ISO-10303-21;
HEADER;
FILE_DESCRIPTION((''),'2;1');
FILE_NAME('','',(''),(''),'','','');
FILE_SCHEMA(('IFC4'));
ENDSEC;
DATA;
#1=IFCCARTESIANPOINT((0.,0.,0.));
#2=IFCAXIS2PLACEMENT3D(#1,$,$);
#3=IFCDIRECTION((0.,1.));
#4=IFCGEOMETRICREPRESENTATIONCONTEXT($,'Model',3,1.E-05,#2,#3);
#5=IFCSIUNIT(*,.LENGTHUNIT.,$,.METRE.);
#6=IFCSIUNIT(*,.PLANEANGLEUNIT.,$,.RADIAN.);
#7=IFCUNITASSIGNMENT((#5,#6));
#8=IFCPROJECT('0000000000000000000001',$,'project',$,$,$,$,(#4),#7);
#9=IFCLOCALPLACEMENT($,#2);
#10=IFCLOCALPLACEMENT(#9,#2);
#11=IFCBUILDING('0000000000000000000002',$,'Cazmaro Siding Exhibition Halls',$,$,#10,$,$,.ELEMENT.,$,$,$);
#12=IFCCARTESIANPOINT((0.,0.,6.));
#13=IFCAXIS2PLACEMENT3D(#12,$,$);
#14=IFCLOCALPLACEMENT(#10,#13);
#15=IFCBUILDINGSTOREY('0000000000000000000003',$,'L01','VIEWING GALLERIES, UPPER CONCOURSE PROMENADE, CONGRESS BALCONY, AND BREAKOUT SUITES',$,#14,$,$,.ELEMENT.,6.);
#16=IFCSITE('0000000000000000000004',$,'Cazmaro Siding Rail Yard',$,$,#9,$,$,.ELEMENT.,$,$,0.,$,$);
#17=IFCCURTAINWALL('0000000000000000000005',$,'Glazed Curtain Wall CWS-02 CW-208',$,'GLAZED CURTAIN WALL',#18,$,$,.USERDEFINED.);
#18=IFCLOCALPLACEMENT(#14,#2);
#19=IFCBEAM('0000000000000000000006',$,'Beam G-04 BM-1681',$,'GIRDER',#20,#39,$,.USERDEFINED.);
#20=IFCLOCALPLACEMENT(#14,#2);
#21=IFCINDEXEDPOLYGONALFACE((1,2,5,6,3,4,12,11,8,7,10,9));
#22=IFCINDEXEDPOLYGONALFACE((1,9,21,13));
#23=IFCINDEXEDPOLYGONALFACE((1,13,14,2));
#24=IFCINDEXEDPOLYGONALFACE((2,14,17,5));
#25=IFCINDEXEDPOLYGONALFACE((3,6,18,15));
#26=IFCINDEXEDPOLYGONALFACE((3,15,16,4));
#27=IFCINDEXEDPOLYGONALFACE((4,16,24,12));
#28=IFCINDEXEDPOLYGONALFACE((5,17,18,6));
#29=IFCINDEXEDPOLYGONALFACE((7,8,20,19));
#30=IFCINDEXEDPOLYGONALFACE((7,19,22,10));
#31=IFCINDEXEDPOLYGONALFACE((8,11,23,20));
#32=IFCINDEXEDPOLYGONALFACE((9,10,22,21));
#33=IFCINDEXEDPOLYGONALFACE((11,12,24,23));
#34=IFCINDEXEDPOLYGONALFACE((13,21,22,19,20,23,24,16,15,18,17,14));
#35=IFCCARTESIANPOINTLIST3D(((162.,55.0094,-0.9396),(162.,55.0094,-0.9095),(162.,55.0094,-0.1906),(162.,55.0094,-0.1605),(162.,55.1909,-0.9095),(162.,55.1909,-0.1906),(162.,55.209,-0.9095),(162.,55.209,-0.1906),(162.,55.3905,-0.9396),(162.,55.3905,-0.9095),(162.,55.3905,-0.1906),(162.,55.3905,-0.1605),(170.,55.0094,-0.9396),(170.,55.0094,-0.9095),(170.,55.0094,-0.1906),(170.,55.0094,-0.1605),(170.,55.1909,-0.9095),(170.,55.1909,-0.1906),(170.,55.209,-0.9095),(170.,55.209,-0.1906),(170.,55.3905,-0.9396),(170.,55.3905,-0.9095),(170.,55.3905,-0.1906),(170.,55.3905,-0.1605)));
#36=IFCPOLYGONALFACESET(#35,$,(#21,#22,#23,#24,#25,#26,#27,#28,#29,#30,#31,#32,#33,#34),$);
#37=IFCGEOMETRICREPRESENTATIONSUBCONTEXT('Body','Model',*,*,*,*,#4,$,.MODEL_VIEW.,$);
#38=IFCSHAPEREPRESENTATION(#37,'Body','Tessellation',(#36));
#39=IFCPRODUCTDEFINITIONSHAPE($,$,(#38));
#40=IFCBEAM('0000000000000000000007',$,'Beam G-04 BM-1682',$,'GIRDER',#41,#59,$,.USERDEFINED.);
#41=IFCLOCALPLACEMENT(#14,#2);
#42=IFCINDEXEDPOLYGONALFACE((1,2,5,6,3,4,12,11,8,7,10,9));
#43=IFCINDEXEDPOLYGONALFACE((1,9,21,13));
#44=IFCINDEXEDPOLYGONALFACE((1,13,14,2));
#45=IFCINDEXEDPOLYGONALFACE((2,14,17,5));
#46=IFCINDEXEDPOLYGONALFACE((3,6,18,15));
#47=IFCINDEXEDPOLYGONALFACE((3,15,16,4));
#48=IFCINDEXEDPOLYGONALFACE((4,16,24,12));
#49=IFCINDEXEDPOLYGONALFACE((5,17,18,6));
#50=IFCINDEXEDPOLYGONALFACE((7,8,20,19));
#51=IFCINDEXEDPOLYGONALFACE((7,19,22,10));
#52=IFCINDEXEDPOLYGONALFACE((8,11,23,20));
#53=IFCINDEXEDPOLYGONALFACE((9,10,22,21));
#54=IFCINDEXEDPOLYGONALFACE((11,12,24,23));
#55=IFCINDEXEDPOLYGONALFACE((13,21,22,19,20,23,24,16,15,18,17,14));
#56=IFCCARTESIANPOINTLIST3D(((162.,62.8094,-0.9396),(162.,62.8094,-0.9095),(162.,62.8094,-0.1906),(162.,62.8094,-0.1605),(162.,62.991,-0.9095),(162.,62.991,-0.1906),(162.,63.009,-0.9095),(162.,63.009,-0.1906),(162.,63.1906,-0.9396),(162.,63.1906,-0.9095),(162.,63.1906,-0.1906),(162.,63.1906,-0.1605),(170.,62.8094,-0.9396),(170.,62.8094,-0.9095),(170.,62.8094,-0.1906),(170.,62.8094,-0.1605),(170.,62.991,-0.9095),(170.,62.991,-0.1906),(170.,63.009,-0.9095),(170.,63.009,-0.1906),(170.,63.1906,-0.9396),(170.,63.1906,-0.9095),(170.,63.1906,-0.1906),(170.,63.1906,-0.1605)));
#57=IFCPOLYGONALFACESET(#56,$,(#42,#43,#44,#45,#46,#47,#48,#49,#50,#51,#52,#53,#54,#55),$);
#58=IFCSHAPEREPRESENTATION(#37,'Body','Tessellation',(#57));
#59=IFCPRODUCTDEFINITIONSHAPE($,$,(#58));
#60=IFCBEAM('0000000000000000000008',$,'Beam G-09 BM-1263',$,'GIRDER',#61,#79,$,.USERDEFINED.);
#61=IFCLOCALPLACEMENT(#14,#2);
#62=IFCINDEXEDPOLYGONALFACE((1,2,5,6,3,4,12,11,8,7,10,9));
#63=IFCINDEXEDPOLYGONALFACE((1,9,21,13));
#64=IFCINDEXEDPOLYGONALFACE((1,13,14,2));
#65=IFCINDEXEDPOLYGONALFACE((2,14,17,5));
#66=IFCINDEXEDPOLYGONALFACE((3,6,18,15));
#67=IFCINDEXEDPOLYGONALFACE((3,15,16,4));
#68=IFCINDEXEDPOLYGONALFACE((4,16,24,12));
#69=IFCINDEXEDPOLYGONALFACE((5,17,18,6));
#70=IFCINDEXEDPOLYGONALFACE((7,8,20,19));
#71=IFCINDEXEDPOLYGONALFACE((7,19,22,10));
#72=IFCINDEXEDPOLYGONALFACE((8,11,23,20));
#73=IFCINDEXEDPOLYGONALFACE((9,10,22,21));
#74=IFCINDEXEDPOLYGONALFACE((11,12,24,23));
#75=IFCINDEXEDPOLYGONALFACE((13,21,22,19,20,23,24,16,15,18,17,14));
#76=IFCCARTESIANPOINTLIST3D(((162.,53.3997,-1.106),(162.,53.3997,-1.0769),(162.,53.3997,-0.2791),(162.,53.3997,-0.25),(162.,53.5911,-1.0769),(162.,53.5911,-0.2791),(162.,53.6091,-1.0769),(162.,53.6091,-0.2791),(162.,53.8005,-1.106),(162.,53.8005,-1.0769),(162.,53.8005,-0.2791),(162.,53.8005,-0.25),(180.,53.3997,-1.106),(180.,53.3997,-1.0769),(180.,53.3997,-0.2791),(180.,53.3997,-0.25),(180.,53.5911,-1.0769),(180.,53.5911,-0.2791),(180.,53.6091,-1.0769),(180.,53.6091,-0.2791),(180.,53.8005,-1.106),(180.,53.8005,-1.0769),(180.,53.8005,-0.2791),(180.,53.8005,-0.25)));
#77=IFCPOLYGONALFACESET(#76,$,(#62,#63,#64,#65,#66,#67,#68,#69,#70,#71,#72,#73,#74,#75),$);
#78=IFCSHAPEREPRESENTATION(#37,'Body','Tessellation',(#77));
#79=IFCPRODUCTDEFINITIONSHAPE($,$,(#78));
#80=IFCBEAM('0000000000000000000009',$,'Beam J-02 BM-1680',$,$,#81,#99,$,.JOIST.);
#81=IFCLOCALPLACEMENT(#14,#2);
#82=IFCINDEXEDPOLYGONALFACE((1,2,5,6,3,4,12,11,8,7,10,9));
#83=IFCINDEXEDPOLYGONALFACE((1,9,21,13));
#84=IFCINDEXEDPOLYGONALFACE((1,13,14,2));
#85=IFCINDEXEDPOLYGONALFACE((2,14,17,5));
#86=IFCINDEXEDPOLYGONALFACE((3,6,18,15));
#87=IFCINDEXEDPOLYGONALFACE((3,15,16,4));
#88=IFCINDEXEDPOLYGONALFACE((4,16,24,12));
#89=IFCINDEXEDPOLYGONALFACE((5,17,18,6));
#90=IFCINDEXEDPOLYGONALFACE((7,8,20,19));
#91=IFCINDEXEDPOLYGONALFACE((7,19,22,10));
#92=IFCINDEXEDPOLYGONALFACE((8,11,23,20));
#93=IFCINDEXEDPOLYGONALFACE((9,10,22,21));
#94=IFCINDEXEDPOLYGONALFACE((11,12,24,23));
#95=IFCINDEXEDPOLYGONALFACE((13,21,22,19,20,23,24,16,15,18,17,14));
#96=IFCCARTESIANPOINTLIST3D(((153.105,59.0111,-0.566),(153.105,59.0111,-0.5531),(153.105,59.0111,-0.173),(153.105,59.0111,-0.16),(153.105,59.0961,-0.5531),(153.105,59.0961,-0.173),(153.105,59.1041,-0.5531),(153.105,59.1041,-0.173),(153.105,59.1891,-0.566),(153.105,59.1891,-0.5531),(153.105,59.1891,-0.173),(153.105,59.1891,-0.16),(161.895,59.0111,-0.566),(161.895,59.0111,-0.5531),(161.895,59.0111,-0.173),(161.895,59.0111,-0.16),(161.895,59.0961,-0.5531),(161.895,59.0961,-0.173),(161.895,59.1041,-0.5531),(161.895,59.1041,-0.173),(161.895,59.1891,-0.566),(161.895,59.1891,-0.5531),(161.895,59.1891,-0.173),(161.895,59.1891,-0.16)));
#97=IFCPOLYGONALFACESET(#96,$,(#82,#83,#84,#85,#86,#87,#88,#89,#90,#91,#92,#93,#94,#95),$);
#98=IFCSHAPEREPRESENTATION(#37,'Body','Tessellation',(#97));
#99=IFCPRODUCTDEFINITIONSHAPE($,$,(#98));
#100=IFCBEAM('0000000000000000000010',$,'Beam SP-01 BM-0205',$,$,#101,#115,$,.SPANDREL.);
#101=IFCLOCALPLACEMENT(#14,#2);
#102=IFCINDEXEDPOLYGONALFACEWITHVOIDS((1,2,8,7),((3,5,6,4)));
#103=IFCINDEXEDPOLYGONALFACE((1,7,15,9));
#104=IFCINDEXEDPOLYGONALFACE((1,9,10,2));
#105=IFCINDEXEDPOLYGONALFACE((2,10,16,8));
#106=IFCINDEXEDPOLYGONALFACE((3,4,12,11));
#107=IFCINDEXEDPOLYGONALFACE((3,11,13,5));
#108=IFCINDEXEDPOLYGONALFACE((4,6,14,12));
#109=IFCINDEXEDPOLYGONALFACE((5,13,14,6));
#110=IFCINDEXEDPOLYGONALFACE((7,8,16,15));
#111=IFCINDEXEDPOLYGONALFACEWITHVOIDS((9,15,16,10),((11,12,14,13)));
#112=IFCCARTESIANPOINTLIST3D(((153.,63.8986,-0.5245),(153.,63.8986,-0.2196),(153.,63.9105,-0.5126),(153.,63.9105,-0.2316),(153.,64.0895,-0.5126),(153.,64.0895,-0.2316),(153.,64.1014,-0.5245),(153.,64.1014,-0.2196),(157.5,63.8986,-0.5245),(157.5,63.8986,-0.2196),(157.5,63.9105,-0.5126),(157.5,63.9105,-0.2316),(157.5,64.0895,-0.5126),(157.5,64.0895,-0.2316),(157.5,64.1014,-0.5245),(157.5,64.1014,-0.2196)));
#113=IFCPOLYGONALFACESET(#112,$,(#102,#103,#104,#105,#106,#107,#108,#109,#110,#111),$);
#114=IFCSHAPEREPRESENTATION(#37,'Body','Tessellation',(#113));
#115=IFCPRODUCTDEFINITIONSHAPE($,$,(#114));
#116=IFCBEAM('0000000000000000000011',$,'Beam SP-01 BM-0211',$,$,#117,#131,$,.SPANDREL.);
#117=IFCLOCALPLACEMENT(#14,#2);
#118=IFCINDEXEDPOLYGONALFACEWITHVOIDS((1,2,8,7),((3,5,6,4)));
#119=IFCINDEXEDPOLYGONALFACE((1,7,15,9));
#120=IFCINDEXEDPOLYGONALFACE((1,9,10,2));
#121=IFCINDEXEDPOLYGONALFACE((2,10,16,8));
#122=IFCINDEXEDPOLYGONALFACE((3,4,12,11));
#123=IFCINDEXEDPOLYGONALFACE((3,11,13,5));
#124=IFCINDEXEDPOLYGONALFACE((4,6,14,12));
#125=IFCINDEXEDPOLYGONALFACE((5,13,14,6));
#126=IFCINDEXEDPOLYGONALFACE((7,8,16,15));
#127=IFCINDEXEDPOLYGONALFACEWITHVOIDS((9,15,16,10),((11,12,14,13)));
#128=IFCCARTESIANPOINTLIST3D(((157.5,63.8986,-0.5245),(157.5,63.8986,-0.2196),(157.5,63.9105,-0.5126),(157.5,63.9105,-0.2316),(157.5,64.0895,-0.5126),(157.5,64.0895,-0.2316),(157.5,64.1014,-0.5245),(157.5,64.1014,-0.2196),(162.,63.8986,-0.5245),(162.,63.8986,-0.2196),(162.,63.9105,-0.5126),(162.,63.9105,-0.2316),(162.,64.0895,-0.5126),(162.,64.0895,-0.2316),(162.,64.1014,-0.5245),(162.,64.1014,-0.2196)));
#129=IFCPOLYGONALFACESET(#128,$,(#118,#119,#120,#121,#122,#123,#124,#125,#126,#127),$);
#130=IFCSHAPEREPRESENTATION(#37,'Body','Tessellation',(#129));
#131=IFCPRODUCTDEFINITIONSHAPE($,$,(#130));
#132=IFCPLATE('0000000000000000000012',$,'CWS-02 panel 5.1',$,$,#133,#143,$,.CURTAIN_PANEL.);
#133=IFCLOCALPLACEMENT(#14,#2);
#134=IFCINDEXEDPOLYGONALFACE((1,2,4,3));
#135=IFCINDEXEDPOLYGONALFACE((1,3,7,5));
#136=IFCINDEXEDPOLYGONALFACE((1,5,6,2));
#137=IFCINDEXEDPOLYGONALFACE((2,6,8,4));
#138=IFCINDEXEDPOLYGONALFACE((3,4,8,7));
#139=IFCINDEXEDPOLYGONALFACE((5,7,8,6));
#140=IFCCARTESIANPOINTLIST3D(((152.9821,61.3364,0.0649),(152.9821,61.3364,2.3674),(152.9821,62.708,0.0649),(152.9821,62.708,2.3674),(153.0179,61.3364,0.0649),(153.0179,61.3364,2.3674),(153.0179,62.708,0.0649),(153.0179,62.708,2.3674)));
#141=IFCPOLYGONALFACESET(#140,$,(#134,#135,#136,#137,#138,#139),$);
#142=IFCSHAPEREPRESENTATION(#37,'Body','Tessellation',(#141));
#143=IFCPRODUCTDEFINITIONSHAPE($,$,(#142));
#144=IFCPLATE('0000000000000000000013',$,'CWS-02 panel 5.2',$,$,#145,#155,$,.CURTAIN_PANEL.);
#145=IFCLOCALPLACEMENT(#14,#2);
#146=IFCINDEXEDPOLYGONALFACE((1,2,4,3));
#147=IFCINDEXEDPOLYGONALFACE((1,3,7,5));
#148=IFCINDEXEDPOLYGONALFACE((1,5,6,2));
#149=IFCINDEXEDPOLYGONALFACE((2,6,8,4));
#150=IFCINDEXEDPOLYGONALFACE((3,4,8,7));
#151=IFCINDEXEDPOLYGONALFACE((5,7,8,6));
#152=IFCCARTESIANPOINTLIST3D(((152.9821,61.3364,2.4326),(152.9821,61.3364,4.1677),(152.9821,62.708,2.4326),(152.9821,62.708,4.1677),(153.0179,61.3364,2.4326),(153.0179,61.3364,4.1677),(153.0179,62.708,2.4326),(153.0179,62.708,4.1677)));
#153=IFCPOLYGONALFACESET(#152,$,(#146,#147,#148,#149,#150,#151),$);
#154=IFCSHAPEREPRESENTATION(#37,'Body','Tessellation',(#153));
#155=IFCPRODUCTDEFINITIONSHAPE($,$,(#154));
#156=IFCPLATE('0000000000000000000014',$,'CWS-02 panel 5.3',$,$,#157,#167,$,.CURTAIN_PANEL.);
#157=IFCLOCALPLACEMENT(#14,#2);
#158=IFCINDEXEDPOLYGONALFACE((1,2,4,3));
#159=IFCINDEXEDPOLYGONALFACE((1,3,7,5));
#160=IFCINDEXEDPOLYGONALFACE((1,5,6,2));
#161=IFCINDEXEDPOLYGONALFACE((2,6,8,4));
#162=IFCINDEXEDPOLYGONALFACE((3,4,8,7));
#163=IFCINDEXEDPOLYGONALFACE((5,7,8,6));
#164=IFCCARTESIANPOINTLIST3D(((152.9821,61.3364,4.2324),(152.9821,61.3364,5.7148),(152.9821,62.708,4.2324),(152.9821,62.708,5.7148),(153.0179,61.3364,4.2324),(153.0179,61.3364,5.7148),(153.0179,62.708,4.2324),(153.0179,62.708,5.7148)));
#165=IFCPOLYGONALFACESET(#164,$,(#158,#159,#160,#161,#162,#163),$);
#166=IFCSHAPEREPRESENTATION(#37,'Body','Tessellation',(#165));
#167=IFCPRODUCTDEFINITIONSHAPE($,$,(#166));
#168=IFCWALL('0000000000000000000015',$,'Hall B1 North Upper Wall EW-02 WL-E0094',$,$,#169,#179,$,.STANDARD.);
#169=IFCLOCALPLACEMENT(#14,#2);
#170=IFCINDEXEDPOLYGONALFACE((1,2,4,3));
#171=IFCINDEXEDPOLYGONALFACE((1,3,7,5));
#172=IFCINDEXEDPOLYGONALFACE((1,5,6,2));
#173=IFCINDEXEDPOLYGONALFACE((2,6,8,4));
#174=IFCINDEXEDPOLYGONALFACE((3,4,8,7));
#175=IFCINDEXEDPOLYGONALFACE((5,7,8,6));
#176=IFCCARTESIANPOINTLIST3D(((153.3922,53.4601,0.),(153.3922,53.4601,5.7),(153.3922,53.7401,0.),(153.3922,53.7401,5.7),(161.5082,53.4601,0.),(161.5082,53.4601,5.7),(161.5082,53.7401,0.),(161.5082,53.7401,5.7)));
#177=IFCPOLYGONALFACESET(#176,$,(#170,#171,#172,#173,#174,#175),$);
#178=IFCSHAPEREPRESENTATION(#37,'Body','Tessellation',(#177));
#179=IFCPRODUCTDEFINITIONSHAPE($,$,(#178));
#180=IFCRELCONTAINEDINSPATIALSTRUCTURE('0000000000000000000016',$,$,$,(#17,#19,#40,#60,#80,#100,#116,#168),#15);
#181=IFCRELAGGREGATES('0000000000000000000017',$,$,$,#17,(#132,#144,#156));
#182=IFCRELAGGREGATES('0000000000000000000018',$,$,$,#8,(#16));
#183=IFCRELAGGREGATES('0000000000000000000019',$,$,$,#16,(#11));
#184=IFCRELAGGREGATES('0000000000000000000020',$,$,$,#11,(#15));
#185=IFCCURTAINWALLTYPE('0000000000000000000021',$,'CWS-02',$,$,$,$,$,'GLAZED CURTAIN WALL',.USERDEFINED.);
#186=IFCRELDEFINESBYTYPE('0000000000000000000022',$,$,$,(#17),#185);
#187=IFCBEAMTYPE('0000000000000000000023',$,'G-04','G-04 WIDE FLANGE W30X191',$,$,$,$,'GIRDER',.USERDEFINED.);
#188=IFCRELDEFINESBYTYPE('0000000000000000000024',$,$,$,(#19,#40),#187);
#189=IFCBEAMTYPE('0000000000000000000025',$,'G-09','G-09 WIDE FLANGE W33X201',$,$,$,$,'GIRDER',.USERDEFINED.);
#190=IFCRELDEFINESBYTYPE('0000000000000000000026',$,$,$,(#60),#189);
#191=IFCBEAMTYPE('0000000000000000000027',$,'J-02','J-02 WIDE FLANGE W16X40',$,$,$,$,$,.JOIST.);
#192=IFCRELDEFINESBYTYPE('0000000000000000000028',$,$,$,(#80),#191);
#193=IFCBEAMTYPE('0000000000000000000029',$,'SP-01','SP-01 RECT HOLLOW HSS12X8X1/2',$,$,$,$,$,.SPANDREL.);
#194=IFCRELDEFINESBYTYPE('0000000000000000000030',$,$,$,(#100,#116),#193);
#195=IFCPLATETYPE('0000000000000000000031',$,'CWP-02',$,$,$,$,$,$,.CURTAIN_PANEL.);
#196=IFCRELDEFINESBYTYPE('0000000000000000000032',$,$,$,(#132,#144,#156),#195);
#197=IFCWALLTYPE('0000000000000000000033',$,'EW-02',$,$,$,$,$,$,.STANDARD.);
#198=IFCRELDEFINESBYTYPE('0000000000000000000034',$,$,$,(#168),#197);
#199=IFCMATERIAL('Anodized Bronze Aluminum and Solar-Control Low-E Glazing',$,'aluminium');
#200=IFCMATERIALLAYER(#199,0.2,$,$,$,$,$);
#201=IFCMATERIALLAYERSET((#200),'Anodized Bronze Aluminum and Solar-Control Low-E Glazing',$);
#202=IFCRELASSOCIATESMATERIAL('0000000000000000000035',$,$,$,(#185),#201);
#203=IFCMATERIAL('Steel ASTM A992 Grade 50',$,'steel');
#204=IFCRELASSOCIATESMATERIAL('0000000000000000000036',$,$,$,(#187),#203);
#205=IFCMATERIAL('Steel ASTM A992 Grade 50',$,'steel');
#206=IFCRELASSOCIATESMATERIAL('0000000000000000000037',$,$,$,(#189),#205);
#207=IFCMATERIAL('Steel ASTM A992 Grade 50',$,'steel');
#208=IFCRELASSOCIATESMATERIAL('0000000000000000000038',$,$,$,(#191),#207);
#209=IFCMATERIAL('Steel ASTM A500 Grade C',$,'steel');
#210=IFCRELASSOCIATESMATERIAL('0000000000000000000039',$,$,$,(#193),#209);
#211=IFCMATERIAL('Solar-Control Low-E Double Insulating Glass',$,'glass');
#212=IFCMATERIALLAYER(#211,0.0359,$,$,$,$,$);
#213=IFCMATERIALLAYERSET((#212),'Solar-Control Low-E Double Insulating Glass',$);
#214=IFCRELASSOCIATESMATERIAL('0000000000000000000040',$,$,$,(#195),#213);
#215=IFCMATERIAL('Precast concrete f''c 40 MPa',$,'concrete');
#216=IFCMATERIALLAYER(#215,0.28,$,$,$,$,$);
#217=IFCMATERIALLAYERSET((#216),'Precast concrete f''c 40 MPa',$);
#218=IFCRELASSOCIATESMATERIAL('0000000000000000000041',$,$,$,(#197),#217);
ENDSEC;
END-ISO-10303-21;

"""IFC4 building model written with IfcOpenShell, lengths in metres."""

from ifc_helpers import new_model, si_unit, direction, frame, frame_2d, origin, origin_2d, place, context, subcontext, project, spatial, rectangle, hollow_rectangle, i_section, extrude, material, layer, layer_set, material_profile, profile_set, type_object, element, aggregate, save


model = new_model("IFC4")

# Units and contexts
model_context = context("Model", 3, precision=1e-05, world=origin(), true_north=direction((0.0, 1.0)))
body_context = subcontext(model_context, "Body", "Model", "MODEL_VIEW")
ifc_project = project(units=[si_unit("LENGTHUNIT", "METRE"), si_unit("PLANEANGLEUNIT", "RADIAN")], contexts=[model_context])

# Site, building, storey
site_placement = place(None, origin())
site = spatial("IfcSite", under=ifc_project, at=site_placement, Name="Cazmaro Siding Rail Yard", CompositionType="ELEMENT", RefElevation=0.0)
building_placement = place(site_placement, origin())
building = spatial("IfcBuilding", under=site, at=building_placement, Name="Cazmaro Siding Exhibition Halls", CompositionType="ELEMENT")
storey_placement = place(building_placement, frame((0.0, 0.0, 6.0)))
storey = spatial("IfcBuildingStorey", under=building, at=storey_placement, Name="L01", Description="VIEWING GALLERIES, UPPER CONCOURSE PROMENADE, CONGRESS BALCONY, AND BREAKOUT SUITES", CompositionType="ELEMENT", Elevation=6.0)

# Curtain wall
ifc_material_1 = material(Name="Anodized Bronze Aluminum and Solar-Control Low-E Glazing", Category="aluminium")
ifc_layer_1 = layer(ifc_material_1, 0.2)
ifc_layer_set_1 = layer_set([ifc_layer_1], Name="Anodized Bronze Aluminum and Solar-Control Low-E Glazing")
curtain_wall_type = type_object("IfcCurtainWallType", Name="CWS-02", ElementType="GLAZED CURTAIN WALL", PredefinedType="USERDEFINED", material=ifc_layer_set_1)
curtain_wall_placement = place(storey_placement, origin())
curtain_wall = element("IfcCurtainWall", 1, at=curtain_wall_placement, inside=storey, type_object=curtain_wall_type, Name="Glazed Curtain Wall CWS-02 CW-208", ObjectType="GLAZED CURTAIN WALL", PredefinedType="USERDEFINED")

# Beams
ifc_material_2 = material(Name="Steel ASTM A992 Grade 50", Category="steel")
ifc_material_profile_1 = material_profile(ifc_material_2, i_section(OverallWidth=0.3811, OverallDepth=0.7791, WebThickness=0.0181, FlangeThickness=0.03, at=origin_2d()), Name="W30X191")
ifc_profile_set_1 = profile_set([ifc_material_profile_1], Name="Steel ASTM A992 Grade 50")
beam_type_1 = type_object("IfcBeamType", Name="G-04", Description="G-04 WIDE FLANGE W30X191", ElementType="GIRDER", PredefinedType="USERDEFINED", material=ifc_profile_set_1)
for number, where, z_axis, x_axis, name in (
    (2, (162.0, 55.2, -0.55), (1.0, 0.0, 0.0), (0.0, 1.0, 0.0), "Beam G-04 BM-1681"),
    (3, (162.0, 63.0, -0.55), (1.0, 0.0, 0.0), (0.0, 1.0, 0.0), "Beam G-04 BM-1682"),
):
    element("IfcBeam", number, at=place(storey_placement, frame(where, z_axis=z_axis, x_axis=x_axis)), inside=storey, type_object=beam_type_1, Name=name, ObjectType="GIRDER", PredefinedType="USERDEFINED", context=body_context, shape_type="SweptSolid", body=[
        extrude(i_section(OverallWidth=0.3811, OverallDepth=0.7791, WebThickness=0.0181, FlangeThickness=0.03, at=origin_2d()), origin(), (0.0, 0.0, 1.0), 8.0),
    ])
ifc_material_3 = material(Name="Steel ASTM A992 Grade 50", Category="steel")
ifc_material_profile_2 = material_profile(ifc_material_3, i_section(OverallWidth=0.4009, OverallDepth=0.856, WebThickness=0.0181, FlangeThickness=0.0291, at=origin_2d()), Name="W33X201")
ifc_profile_set_2 = profile_set([ifc_material_profile_2], Name="Steel ASTM A992 Grade 50")
beam_type_2 = type_object("IfcBeamType", Name="G-09", Description="G-09 WIDE FLANGE W33X201", ElementType="GIRDER", PredefinedType="USERDEFINED", material=ifc_profile_set_2)
beam_1_placement = place(storey_placement, frame((162.0, 53.6001, -0.678), z_axis=(1.0, 0.0, 0.0), x_axis=(0.0, 1.0, 0.0)))
element("IfcBeam", 4, at=beam_1_placement, inside=storey, type_object=beam_type_2, Name="Beam G-09 BM-1263", ObjectType="GIRDER", PredefinedType="USERDEFINED", context=body_context, shape_type="SweptSolid", body=[
    extrude(i_section(OverallWidth=0.4009, OverallDepth=0.856, WebThickness=0.0181, FlangeThickness=0.0291, at=origin_2d()), origin(), (0.0, 0.0, 1.0), 18.0),
])
ifc_material_4 = material(Name="Steel ASTM A992 Grade 50", Category="steel")
ifc_material_profile_3 = material_profile(ifc_material_4, i_section(OverallWidth=0.178, OverallDepth=0.406, WebThickness=0.0081, FlangeThickness=0.0129, at=origin_2d()), Name="W16X40")
ifc_profile_set_3 = profile_set([ifc_material_profile_3], Name="Steel ASTM A992 Grade 50")
beam_type_3 = type_object("IfcBeamType", Name="J-02", Description="J-02 WIDE FLANGE W16X40", PredefinedType="JOIST", material=ifc_profile_set_3)
beam_2_placement = place(storey_placement, frame((153.105, 59.1001, -0.363), z_axis=(1.0, 0.0, 0.0), x_axis=(0.0, 1.0, 0.0)))
element("IfcBeam", 5, at=beam_2_placement, inside=storey, type_object=beam_type_3, Name="Beam J-02 BM-1680", PredefinedType="JOIST", context=body_context, shape_type="SweptSolid", body=[
    extrude(i_section(OverallWidth=0.178, OverallDepth=0.406, WebThickness=0.0081, FlangeThickness=0.0129, at=origin_2d()), origin(), (0.0, 0.0, 1.0), 8.79),
])
ifc_material_5 = material(Name="Steel ASTM A500 Grade C", Category="steel")
ifc_material_profile_4 = material_profile(ifc_material_5, hollow_rectangle(XDim=0.2029, YDim=0.3049, WallThickness=0.012, at=origin_2d()), Name="HSS12X8X1/2")
ifc_profile_set_4 = profile_set([ifc_material_profile_4], Name="Steel ASTM A500 Grade C")
beam_type_4 = type_object("IfcBeamType", Name="SP-01", Description="SP-01 RECT HOLLOW HSS12X8X1/2", PredefinedType="SPANDREL", material=ifc_profile_set_4)
for number, where, z_axis, x_axis, name in (
    (6, (153.0, 64.0, -0.3721), (1.0, 0.0, 0.0), (0.0, 1.0, 0.0), "Beam SP-01 BM-0205"),
    (7, (157.5, 64.0, -0.3721), (1.0, 0.0, 0.0), (0.0, 1.0, 0.0), "Beam SP-01 BM-0211"),
):
    element("IfcBeam", number, at=place(storey_placement, frame(where, z_axis=z_axis, x_axis=x_axis)), inside=storey, type_object=beam_type_4, Name=name, PredefinedType="SPANDREL", context=body_context, shape_type="SweptSolid", body=[
        extrude(hollow_rectangle(XDim=0.2029, YDim=0.3049, WallThickness=0.012, at=origin_2d()), origin(), (0.0, 0.0, 1.0), 4.5),
    ])

# Plates
ifc_material_6 = material(Name="Solar-Control Low-E Double Insulating Glass", Category="glass")
ifc_layer_2 = layer(ifc_material_6, 0.0359)
ifc_layer_set_2 = layer_set([ifc_layer_2], Name="Solar-Control Low-E Double Insulating Glass")
plate_type = type_object("IfcPlateType", Name="CWP-02", PredefinedType="CURTAIN_PANEL", material=ifc_layer_set_2)
plate_1_placement = place(storey_placement, frame((153.0, 62.0222, 0.0649), z_axis=(0.0, 0.0, 1.0), x_axis=(0.0, 1.0, 0.0)))
plate_1 = element("IfcPlate", 8, at=plate_1_placement, type_object=plate_type, Name="CWS-02 panel 5.1", PredefinedType="CURTAIN_PANEL", context=body_context, shape_type="SweptSolid", body=[
    extrude(rectangle(XDim=1.3716, YDim=0.0359, at=origin_2d()), origin(), (0.0, 0.0, 1.0), 2.3025),
])
plate_2_placement = place(storey_placement, frame((153.0, 62.0222, 2.4326), z_axis=(0.0, 0.0, 1.0), x_axis=(0.0, 1.0, 0.0)))
plate_2 = element("IfcPlate", 9, at=plate_2_placement, type_object=plate_type, Name="CWS-02 panel 5.2", PredefinedType="CURTAIN_PANEL", context=body_context, shape_type="SweptSolid", body=[
    extrude(rectangle(XDim=1.3716, YDim=0.0359, at=origin_2d()), origin(), (0.0, 0.0, 1.0), 1.7351),
])
plate_3_placement = place(storey_placement, frame((153.0, 62.0222, 4.2324), z_axis=(0.0, 0.0, 1.0), x_axis=(0.0, 1.0, 0.0)))
plate_3 = element("IfcPlate", 10, at=plate_3_placement, type_object=plate_type, Name="CWS-02 panel 5.3", PredefinedType="CURTAIN_PANEL", context=body_context, shape_type="SweptSolid", body=[
    extrude(rectangle(XDim=1.3716, YDim=0.0359, at=origin_2d()), origin(), (0.0, 0.0, 1.0), 1.4824),
])
aggregate(curtain_wall, [plate_1, plate_2, plate_3])

# Wall
ifc_material_7 = material(Name="Precast concrete f'c 40 MPa", Category="concrete")
ifc_layer_3 = layer(ifc_material_7, 0.28)
ifc_layer_set_3 = layer_set([ifc_layer_3], Name="Precast concrete f'c 40 MPa")
wall_type_1 = type_object("IfcWallType", Name="EW-02", PredefinedType="STANDARD", material=ifc_layer_set_3)
wall_1_placement = place(storey_placement, frame((153.3921, 53.6001, 0.0), z_axis=(0.0, 0.0, 1.0), x_axis=(1.0, 0.0, 0.0)))
element("IfcWall", 11, at=wall_1_placement, inside=storey, type_object=wall_type_1, Name="Hall B1 North Upper Wall EW-02 WL-E0094", PredefinedType="STANDARD", context=body_context, shape_type="SweptSolid", body=[
    extrude(rectangle(XDim=8.116, YDim=0.28, at=frame_2d((4.0581, 0.0))), origin(), (0.0, 0.0, 1.0), 5.7),
])

save(model, "model.ifc")
